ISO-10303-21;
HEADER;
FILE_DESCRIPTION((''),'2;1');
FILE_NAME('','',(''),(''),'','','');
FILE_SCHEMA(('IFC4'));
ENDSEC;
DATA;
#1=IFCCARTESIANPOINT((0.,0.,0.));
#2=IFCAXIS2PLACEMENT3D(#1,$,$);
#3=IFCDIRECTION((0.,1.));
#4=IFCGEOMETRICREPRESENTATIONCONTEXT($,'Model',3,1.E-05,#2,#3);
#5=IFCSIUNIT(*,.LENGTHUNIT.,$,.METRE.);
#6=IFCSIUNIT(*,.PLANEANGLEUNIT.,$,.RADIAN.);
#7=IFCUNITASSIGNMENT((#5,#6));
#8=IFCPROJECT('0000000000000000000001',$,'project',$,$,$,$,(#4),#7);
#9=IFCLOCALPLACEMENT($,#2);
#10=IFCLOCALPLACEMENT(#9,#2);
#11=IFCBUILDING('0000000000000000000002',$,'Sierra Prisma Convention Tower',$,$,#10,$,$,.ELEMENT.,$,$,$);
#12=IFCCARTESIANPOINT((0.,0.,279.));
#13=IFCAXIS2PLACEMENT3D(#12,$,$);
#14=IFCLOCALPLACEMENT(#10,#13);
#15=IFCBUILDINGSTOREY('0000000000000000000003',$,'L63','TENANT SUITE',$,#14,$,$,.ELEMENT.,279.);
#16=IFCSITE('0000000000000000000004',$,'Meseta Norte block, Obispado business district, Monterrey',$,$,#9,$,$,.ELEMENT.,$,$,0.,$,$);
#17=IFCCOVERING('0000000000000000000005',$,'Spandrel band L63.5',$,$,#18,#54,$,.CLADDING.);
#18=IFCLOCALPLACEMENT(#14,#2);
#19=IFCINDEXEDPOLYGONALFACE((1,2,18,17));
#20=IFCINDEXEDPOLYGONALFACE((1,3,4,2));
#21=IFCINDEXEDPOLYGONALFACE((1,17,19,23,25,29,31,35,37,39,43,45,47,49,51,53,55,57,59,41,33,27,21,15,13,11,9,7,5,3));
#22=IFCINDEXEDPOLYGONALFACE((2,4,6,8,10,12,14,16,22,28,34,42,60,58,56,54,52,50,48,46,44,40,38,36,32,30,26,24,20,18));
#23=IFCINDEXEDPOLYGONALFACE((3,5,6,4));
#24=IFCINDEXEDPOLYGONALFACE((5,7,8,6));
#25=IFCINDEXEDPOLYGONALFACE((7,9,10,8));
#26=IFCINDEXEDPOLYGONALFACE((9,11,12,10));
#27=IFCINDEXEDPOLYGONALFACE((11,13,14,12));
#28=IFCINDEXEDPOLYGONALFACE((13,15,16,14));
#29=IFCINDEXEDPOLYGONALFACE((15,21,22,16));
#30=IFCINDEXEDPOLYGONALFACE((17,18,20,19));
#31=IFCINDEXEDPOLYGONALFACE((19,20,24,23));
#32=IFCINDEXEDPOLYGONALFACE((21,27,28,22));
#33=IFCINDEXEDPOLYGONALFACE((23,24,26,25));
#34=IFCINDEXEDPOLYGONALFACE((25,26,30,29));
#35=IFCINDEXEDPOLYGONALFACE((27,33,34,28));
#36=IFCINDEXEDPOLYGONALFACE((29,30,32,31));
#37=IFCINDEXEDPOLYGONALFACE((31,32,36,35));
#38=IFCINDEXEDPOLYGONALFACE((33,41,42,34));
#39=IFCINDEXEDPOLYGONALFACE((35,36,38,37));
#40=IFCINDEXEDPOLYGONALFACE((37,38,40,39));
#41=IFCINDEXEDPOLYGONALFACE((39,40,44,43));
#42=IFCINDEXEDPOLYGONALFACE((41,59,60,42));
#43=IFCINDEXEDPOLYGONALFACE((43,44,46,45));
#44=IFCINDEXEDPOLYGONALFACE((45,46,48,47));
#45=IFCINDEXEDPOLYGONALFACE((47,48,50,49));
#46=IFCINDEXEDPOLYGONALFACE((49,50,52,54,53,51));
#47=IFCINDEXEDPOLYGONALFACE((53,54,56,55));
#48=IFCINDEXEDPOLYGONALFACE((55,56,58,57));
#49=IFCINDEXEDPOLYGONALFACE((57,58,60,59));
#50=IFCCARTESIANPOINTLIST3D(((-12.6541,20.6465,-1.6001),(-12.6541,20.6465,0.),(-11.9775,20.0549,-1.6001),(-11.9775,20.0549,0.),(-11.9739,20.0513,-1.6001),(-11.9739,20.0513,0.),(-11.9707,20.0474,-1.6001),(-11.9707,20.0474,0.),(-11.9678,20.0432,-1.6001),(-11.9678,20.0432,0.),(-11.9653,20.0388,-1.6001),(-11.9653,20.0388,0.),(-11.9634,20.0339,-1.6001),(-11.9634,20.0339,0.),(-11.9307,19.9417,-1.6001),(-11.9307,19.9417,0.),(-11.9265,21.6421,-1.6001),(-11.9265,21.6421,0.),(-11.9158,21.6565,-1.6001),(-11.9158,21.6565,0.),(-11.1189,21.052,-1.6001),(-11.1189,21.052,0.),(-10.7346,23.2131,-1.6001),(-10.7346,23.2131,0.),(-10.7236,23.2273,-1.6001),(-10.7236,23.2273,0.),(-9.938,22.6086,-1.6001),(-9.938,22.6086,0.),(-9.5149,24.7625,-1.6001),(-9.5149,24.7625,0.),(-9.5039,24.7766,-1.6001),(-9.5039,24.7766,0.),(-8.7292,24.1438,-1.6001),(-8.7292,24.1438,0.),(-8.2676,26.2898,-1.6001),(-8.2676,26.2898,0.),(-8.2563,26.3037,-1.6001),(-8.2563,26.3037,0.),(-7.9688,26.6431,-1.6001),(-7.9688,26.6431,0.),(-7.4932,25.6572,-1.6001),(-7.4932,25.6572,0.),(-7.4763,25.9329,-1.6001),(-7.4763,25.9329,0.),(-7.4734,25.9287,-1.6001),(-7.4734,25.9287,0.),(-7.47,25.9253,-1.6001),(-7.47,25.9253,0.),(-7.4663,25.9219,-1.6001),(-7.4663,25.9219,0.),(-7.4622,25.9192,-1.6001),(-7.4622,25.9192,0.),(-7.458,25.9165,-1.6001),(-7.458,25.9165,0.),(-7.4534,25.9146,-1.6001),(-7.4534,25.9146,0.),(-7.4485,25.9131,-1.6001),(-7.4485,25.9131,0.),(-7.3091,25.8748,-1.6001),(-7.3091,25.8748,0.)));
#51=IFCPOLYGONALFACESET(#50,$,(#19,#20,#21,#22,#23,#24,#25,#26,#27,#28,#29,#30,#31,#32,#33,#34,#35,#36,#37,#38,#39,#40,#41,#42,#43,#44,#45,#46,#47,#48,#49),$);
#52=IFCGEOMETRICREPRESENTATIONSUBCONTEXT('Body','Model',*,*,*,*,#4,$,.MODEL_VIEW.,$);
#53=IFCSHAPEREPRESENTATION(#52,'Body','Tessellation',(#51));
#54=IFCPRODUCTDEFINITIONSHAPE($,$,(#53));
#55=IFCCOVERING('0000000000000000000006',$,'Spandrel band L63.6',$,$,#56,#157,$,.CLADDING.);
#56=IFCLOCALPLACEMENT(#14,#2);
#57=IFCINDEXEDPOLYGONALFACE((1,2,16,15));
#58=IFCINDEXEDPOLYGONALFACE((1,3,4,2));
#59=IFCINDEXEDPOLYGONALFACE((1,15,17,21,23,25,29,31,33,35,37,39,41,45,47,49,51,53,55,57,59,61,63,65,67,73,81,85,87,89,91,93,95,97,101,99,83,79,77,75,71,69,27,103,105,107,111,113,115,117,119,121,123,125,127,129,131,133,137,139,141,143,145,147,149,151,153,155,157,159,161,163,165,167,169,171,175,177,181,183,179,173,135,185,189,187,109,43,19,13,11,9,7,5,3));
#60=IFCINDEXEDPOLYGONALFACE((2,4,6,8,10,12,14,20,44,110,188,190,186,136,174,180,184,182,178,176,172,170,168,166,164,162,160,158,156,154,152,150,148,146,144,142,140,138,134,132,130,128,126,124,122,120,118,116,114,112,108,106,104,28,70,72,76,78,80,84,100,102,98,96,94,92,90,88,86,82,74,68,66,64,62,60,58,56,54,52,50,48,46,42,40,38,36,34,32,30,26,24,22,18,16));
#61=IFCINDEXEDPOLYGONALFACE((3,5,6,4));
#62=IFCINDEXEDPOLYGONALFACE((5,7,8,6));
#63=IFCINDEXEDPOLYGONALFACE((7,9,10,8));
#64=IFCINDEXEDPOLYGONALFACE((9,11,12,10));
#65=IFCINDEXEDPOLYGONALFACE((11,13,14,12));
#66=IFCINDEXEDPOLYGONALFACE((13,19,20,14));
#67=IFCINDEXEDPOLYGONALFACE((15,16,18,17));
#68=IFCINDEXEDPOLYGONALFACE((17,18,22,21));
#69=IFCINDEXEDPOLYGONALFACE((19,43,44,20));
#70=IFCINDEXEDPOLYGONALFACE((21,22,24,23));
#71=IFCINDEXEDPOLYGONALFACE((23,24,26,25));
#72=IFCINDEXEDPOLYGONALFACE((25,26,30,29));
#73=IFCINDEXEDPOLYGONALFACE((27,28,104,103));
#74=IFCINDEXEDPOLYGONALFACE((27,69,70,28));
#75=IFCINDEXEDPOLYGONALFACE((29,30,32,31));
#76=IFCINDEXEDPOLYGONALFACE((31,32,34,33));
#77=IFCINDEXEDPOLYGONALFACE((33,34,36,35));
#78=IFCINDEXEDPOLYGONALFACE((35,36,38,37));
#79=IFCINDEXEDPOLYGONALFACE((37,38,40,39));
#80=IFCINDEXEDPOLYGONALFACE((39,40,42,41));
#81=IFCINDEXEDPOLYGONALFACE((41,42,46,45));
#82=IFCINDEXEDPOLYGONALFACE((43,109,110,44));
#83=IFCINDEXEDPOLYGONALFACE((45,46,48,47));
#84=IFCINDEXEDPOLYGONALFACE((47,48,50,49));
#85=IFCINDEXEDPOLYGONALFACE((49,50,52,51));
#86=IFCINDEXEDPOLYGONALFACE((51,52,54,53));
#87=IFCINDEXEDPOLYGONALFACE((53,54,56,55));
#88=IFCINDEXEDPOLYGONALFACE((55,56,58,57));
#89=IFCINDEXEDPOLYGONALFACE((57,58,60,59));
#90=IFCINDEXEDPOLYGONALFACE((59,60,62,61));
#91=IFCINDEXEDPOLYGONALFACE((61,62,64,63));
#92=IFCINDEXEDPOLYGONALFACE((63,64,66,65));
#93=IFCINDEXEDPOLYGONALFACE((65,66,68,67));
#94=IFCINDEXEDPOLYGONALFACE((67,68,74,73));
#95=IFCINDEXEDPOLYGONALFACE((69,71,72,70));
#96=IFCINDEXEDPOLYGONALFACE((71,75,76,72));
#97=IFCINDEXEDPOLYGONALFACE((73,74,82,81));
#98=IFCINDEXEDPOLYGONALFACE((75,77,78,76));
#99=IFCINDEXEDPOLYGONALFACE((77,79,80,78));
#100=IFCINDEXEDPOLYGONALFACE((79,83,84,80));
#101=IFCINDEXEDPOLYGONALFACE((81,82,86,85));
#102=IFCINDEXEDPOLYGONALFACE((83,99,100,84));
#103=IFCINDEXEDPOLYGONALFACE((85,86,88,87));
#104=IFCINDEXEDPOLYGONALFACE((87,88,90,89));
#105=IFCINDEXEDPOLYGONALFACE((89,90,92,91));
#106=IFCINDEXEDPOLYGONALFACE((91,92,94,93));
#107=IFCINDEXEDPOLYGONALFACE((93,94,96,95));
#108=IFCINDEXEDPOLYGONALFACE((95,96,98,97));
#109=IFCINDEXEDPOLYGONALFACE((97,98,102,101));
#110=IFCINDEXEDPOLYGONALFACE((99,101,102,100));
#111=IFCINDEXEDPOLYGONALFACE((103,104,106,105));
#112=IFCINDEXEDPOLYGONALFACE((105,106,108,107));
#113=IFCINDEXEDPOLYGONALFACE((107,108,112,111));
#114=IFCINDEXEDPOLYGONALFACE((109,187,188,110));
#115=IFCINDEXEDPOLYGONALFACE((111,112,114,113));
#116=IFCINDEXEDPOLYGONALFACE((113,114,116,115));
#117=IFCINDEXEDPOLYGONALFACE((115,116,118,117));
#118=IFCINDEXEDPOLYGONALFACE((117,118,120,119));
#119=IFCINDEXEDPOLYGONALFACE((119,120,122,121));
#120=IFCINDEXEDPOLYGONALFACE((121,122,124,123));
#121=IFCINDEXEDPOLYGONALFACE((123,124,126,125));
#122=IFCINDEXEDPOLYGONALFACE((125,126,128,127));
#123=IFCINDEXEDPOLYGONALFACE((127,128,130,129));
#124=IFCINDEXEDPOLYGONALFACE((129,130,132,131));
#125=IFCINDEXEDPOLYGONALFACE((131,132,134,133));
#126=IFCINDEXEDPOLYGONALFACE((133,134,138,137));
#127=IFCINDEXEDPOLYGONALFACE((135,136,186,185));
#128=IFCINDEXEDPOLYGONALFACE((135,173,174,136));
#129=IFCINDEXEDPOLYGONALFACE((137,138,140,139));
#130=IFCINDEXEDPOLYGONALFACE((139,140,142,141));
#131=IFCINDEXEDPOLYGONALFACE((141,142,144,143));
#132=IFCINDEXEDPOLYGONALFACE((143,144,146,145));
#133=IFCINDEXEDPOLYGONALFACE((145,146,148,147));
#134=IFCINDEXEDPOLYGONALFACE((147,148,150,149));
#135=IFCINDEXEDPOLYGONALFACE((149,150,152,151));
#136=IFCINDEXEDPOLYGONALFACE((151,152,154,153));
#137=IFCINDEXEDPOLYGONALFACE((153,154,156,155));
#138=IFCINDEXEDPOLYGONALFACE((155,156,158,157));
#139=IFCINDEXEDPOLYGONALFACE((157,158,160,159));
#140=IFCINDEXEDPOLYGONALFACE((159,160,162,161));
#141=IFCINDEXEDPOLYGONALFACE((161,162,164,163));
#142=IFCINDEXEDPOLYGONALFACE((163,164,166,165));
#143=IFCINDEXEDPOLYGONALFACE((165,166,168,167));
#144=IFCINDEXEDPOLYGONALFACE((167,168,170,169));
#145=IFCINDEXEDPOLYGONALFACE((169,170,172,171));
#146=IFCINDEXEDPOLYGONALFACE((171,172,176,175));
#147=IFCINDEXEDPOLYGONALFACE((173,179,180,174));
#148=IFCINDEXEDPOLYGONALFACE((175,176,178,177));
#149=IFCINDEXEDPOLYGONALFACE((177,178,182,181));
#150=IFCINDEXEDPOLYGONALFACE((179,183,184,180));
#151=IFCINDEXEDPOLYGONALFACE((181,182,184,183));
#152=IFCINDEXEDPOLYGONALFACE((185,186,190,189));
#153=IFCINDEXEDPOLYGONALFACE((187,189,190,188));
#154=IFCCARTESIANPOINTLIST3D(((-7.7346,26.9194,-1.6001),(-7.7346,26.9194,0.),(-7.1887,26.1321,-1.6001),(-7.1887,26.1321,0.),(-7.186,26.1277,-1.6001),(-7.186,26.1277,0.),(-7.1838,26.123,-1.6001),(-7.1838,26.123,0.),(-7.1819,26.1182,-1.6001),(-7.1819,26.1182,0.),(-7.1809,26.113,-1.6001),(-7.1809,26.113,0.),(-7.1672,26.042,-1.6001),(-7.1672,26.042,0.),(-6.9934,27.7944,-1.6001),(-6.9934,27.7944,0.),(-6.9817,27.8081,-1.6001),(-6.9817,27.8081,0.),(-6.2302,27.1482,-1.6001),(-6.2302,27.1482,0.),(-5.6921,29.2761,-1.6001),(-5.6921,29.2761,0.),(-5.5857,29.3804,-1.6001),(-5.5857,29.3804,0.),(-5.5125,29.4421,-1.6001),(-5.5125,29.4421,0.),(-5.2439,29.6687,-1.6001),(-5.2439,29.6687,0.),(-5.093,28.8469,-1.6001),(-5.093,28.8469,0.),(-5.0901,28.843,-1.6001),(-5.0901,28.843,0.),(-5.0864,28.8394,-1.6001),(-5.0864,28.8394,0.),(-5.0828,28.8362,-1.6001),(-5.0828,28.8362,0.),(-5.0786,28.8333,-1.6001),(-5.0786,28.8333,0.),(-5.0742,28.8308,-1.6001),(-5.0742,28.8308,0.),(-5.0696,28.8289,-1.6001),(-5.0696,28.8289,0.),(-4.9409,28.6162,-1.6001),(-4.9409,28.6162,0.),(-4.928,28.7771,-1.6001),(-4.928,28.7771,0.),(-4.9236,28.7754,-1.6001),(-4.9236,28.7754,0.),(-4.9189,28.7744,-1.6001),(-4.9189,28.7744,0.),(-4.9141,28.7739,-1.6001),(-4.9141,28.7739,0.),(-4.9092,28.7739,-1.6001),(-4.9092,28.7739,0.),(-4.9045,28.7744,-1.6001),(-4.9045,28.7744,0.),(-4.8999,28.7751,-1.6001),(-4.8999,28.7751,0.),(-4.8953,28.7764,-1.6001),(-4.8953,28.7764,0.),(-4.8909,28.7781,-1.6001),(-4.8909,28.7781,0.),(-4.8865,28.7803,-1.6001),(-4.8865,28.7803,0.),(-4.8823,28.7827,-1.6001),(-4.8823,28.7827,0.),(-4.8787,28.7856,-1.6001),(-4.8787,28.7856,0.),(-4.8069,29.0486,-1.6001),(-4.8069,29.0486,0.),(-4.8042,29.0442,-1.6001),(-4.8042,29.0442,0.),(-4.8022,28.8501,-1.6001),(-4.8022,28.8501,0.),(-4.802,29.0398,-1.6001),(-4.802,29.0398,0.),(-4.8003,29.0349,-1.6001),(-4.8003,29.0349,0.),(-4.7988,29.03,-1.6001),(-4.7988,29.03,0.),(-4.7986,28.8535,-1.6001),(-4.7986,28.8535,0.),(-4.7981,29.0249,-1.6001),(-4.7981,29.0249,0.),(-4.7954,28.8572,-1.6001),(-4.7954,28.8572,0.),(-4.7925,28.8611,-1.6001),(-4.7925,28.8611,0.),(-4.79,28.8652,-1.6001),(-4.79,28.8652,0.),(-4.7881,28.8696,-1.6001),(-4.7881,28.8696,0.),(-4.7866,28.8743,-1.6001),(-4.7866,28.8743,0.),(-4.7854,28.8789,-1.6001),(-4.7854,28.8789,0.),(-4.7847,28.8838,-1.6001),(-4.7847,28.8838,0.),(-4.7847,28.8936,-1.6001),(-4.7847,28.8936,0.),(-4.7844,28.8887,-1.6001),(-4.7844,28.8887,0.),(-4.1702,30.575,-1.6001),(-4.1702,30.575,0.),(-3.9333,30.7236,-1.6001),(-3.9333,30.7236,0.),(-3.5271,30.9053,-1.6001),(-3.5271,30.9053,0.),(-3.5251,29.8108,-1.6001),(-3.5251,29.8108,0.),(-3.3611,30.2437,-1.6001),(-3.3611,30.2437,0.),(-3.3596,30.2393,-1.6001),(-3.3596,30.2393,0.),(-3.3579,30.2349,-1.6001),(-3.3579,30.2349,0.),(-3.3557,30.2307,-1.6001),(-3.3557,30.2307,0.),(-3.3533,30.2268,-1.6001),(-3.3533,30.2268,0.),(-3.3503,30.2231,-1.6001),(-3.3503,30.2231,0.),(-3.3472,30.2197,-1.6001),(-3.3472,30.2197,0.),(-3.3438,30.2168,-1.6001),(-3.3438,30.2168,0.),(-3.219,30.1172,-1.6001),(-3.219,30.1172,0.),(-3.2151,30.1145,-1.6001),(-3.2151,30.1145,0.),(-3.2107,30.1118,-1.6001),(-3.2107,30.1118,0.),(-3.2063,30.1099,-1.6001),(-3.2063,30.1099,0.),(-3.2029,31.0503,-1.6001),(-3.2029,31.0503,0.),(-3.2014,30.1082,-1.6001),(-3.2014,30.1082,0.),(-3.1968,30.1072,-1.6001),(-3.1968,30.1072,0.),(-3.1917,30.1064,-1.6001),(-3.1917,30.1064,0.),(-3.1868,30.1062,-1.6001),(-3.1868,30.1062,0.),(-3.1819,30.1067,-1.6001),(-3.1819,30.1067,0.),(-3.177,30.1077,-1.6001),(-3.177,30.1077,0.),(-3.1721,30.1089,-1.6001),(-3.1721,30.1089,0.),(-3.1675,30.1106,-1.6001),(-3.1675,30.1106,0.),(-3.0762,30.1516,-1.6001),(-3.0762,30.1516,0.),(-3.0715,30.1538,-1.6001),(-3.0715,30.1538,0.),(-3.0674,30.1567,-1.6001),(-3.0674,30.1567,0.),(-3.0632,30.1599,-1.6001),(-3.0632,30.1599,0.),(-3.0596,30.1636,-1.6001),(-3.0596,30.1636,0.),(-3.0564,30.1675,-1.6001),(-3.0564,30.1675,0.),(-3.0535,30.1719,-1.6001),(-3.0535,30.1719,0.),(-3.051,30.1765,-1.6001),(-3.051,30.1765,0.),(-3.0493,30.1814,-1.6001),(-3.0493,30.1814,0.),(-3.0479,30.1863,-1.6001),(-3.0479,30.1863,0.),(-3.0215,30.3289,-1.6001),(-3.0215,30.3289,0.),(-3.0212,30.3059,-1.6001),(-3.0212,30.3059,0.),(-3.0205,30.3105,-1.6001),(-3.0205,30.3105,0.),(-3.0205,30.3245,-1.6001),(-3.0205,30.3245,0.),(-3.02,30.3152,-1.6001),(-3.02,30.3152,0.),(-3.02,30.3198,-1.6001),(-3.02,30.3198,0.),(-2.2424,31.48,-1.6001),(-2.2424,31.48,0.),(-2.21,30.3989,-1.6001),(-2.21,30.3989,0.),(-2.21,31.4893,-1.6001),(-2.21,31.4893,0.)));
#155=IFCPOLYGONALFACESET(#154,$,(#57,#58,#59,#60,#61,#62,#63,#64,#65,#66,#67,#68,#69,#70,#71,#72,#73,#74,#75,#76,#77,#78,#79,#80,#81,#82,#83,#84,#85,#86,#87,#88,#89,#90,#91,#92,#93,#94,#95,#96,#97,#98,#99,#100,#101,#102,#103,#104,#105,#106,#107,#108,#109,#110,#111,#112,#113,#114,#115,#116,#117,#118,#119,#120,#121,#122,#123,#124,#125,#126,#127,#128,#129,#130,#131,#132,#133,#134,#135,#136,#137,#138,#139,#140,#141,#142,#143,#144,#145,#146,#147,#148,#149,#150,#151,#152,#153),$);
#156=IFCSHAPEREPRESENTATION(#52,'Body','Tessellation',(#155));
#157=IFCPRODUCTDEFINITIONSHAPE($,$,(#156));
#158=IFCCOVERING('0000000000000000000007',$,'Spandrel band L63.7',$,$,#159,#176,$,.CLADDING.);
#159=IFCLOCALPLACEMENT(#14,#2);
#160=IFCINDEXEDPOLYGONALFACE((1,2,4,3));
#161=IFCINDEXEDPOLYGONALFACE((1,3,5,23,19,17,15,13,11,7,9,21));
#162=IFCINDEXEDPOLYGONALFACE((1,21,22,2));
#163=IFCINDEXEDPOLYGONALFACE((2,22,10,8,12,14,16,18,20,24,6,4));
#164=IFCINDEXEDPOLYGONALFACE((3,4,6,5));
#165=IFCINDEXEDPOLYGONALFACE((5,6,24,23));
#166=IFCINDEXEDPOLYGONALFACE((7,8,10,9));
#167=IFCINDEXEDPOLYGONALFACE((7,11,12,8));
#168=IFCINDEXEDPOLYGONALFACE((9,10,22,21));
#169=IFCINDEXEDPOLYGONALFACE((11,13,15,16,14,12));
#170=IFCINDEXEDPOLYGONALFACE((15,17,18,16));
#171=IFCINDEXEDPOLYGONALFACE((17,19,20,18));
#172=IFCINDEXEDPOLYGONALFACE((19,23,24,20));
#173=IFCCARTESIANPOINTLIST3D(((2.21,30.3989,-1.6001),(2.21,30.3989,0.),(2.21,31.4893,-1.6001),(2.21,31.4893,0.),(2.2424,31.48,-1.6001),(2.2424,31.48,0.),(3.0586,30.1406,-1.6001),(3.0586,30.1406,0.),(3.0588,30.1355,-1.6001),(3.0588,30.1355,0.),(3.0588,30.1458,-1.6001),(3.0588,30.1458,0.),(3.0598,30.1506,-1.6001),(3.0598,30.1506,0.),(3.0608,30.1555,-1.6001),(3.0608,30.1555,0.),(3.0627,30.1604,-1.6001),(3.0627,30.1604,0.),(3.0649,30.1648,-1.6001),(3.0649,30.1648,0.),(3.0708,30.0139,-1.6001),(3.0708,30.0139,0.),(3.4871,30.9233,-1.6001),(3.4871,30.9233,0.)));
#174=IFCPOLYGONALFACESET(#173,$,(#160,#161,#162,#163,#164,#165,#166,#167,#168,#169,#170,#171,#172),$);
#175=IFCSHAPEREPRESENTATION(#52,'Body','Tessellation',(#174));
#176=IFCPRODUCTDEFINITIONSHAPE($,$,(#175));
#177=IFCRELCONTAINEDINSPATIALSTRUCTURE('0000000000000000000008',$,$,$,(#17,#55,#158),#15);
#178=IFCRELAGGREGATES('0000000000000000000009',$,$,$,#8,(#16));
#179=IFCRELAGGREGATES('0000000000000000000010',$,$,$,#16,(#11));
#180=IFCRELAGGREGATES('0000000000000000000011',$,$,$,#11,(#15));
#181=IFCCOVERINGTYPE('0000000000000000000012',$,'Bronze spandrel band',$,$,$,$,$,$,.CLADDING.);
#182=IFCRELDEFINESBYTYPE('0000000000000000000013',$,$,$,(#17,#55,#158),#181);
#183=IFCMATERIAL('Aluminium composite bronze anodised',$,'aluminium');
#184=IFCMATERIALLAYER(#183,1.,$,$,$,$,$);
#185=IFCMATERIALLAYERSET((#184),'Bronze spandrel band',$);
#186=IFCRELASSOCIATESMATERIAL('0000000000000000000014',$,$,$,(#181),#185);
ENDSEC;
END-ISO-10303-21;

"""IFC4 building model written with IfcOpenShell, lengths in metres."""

from ifc_helpers import new_model, si_unit, direction, frame, origin, place, context, subcontext, project, spatial, polyline, outline, extrude, material, layer, layer_set, type_object, element, save


model = new_model("IFC4")

# Units and contexts
model_context = context("Model", 3, precision=1e-05, world=origin(), true_north=direction((0.0, 1.0)))
body_context = subcontext(model_context, "Body", "Model", "MODEL_VIEW")
ifc_project = project(units=[si_unit("LENGTHUNIT", "METRE"), si_unit("PLANEANGLEUNIT", "RADIAN")], contexts=[model_context])

# Site, building, storey
site_placement = place(None, origin())
site = spatial("IfcSite", under=ifc_project, at=site_placement, Name="Meseta Norte block, Obispado business district, Monterrey", CompositionType="ELEMENT", RefElevation=0.0)
building_placement = place(site_placement, origin())
building = spatial("IfcBuilding", under=site, at=building_placement, Name="Sierra Prisma Convention Tower", CompositionType="ELEMENT")
storey_placement = place(building_placement, frame((0.0, 0.0, 279.0)))
storey = spatial("IfcBuildingStorey", under=building, at=storey_placement, Name="L63", Description="TENANT SUITE", CompositionType="ELEMENT", Elevation=279.0)

# Coverings
ifc_material_1 = material(Name="Aluminium composite bronze anodised", Category="aluminium")
ifc_layer_1 = layer(ifc_material_1, 1.0)
ifc_layer_set_1 = layer_set([ifc_layer_1], Name="Bronze spandrel band")
covering_type = type_object("IfcCoveringType", Name="Bronze spandrel band", PredefinedType="CLADDING", material=ifc_layer_set_1)
covering_1_placement = place(storey_placement, frame((0.0, 0.0, -1.6001)))
element("IfcCovering", 1, at=covering_1_placement, inside=storey, type_object=covering_type, Name="Spandrel band L63.5", PredefinedType="CLADDING", context=body_context, shape_type="SweptSolid", body=[
    extrude(outline(polyline([(-8.2563, 26.3037), (-7.9688, 26.6431), (-7.4763, 25.9329), (-7.4734, 25.9287), (-7.47, 25.9253), (-7.4663, 25.9219), (-7.4622, 25.9192), (-7.458, 25.9165), (-7.4534, 25.9146), (-7.4485, 25.9131), (-7.3091, 25.8748), (-7.4932, 25.6572), (-8.7292, 24.1438), (-9.938, 22.6086), (-11.1189, 21.052), (-11.9307, 19.9417), (-11.9634, 20.0339), (-11.9653, 20.0388), (-11.9678, 20.0432), (-11.9707, 20.0474), (-11.9739, 20.0513), (-11.9775, 20.0549), (-12.6541, 20.6465), (-11.9265, 21.6421), (-11.9158, 21.6565), (-10.7346, 23.2131), (-10.7236, 23.2273), (-9.5149, 24.7625), (-9.5039, 24.7766), (-8.2676, 26.2898), (-8.2563, 26.3037)])), origin(), (0.0, 0.0, 1.0), 1.6001),
])
covering_2_placement = place(storey_placement, frame((0.0, 0.0, -1.6001)))
element("IfcCovering", 2, at=covering_2_placement, inside=storey, type_object=covering_type, Name="Spandrel band L63.6", PredefinedType="CLADDING", context=body_context, shape_type="SweptSolid", body=[
    extrude(outline(polyline([(-5.0828, 28.8362), (-5.0786, 28.8333), (-5.0742, 28.8308), (-5.0696, 28.8289), (-4.928, 28.7771), (-4.9236, 28.7754), (-4.9189, 28.7744), (-4.9141, 28.7739), (-4.9092, 28.7739), (-4.9045, 28.7744), (-4.8999, 28.7751), (-4.8953, 28.7764), (-4.8909, 28.7781), (-4.8865, 28.7803), (-4.8823, 28.7827), (-4.8787, 28.7856), (-4.8022, 28.8501), (-4.7986, 28.8535), (-4.7954, 28.8572), (-4.7925, 28.8611), (-4.79, 28.8652), (-4.7881, 28.8696), (-4.7866, 28.8743), (-4.7854, 28.8789), (-4.7847, 28.8838), (-4.7844, 28.8887), (-4.7847, 28.8936), (-4.7981, 29.0249), (-4.7988, 29.03), (-4.8003, 29.0349), (-4.802, 29.0398), (-4.8042, 29.0442), (-4.8069, 29.0486), (-5.2439, 29.6687), (-4.1702, 30.575), (-3.9333, 30.7236), (-3.5271, 30.9053), (-3.3611, 30.2437), (-3.3596, 30.2393), (-3.3579, 30.2349), (-3.3557, 30.2307), (-3.3533, 30.2268), (-3.3503, 30.2231), (-3.3472, 30.2197), (-3.3438, 30.2168), (-3.219, 30.1172), (-3.2151, 30.1145), (-3.2107, 30.1118), (-3.2063, 30.1099), (-3.2014, 30.1082), (-3.1968, 30.1072), (-3.1917, 30.1064), (-3.1868, 30.1062), (-3.1819, 30.1067), (-3.177, 30.1077), (-3.1721, 30.1089), (-3.1675, 30.1106), (-3.0762, 30.1516), (-3.0715, 30.1538), (-3.0674, 30.1567), (-3.0632, 30.1599), (-3.0596, 30.1636), (-3.0564, 30.1675), (-3.0535, 30.1719), (-3.051, 30.1765), (-3.0493, 30.1814), (-3.0479, 30.1863), (-3.0212, 30.3059), (-3.0205, 30.3105), (-3.02, 30.3152), (-3.02, 30.3198), (-3.0205, 30.3245), (-3.0215, 30.3289), (-3.2029, 31.0503), (-2.2424, 31.48), (-2.21, 31.4893), (-2.21, 30.3989), (-3.5251, 29.8108), (-4.9409, 28.6162), (-6.2302, 27.1482), (-7.1672, 26.042), (-7.1809, 26.113), (-7.1819, 26.1182), (-7.1838, 26.123), (-7.186, 26.1277), (-7.1887, 26.1321), (-7.7346, 26.9194), (-6.9934, 27.7944), (-6.9817, 27.8081), (-5.6921, 29.2761), (-5.5857, 29.3804), (-5.5125, 29.4421), (-5.093, 28.8469), (-5.0901, 28.843), (-5.0864, 28.8394), (-5.0828, 28.8362)])), origin(), (0.0, 0.0, 1.0), 1.6001),
])
covering_3_placement = place(storey_placement, frame((0.0, 0.0, -1.6001)))
element("IfcCovering", 3, at=covering_3_placement, inside=storey, type_object=covering_type, Name="Spandrel band L63.7", PredefinedType="CLADDING", context=body_context, shape_type="SweptSolid", body=[
    extrude(outline(polyline([(3.0649, 30.1648), (3.0627, 30.1604), (3.0608, 30.1555), (3.0598, 30.1506), (3.0588, 30.1458), (3.0586, 30.1406), (3.0588, 30.1355), (3.0708, 30.0139), (2.21, 30.3989), (2.21, 31.4893), (2.2424, 31.48), (3.4871, 30.9233), (3.0649, 30.1648)])), origin(), (0.0, 0.0, 1.0), 1.6001),
])

save(model, "model.ifc")
